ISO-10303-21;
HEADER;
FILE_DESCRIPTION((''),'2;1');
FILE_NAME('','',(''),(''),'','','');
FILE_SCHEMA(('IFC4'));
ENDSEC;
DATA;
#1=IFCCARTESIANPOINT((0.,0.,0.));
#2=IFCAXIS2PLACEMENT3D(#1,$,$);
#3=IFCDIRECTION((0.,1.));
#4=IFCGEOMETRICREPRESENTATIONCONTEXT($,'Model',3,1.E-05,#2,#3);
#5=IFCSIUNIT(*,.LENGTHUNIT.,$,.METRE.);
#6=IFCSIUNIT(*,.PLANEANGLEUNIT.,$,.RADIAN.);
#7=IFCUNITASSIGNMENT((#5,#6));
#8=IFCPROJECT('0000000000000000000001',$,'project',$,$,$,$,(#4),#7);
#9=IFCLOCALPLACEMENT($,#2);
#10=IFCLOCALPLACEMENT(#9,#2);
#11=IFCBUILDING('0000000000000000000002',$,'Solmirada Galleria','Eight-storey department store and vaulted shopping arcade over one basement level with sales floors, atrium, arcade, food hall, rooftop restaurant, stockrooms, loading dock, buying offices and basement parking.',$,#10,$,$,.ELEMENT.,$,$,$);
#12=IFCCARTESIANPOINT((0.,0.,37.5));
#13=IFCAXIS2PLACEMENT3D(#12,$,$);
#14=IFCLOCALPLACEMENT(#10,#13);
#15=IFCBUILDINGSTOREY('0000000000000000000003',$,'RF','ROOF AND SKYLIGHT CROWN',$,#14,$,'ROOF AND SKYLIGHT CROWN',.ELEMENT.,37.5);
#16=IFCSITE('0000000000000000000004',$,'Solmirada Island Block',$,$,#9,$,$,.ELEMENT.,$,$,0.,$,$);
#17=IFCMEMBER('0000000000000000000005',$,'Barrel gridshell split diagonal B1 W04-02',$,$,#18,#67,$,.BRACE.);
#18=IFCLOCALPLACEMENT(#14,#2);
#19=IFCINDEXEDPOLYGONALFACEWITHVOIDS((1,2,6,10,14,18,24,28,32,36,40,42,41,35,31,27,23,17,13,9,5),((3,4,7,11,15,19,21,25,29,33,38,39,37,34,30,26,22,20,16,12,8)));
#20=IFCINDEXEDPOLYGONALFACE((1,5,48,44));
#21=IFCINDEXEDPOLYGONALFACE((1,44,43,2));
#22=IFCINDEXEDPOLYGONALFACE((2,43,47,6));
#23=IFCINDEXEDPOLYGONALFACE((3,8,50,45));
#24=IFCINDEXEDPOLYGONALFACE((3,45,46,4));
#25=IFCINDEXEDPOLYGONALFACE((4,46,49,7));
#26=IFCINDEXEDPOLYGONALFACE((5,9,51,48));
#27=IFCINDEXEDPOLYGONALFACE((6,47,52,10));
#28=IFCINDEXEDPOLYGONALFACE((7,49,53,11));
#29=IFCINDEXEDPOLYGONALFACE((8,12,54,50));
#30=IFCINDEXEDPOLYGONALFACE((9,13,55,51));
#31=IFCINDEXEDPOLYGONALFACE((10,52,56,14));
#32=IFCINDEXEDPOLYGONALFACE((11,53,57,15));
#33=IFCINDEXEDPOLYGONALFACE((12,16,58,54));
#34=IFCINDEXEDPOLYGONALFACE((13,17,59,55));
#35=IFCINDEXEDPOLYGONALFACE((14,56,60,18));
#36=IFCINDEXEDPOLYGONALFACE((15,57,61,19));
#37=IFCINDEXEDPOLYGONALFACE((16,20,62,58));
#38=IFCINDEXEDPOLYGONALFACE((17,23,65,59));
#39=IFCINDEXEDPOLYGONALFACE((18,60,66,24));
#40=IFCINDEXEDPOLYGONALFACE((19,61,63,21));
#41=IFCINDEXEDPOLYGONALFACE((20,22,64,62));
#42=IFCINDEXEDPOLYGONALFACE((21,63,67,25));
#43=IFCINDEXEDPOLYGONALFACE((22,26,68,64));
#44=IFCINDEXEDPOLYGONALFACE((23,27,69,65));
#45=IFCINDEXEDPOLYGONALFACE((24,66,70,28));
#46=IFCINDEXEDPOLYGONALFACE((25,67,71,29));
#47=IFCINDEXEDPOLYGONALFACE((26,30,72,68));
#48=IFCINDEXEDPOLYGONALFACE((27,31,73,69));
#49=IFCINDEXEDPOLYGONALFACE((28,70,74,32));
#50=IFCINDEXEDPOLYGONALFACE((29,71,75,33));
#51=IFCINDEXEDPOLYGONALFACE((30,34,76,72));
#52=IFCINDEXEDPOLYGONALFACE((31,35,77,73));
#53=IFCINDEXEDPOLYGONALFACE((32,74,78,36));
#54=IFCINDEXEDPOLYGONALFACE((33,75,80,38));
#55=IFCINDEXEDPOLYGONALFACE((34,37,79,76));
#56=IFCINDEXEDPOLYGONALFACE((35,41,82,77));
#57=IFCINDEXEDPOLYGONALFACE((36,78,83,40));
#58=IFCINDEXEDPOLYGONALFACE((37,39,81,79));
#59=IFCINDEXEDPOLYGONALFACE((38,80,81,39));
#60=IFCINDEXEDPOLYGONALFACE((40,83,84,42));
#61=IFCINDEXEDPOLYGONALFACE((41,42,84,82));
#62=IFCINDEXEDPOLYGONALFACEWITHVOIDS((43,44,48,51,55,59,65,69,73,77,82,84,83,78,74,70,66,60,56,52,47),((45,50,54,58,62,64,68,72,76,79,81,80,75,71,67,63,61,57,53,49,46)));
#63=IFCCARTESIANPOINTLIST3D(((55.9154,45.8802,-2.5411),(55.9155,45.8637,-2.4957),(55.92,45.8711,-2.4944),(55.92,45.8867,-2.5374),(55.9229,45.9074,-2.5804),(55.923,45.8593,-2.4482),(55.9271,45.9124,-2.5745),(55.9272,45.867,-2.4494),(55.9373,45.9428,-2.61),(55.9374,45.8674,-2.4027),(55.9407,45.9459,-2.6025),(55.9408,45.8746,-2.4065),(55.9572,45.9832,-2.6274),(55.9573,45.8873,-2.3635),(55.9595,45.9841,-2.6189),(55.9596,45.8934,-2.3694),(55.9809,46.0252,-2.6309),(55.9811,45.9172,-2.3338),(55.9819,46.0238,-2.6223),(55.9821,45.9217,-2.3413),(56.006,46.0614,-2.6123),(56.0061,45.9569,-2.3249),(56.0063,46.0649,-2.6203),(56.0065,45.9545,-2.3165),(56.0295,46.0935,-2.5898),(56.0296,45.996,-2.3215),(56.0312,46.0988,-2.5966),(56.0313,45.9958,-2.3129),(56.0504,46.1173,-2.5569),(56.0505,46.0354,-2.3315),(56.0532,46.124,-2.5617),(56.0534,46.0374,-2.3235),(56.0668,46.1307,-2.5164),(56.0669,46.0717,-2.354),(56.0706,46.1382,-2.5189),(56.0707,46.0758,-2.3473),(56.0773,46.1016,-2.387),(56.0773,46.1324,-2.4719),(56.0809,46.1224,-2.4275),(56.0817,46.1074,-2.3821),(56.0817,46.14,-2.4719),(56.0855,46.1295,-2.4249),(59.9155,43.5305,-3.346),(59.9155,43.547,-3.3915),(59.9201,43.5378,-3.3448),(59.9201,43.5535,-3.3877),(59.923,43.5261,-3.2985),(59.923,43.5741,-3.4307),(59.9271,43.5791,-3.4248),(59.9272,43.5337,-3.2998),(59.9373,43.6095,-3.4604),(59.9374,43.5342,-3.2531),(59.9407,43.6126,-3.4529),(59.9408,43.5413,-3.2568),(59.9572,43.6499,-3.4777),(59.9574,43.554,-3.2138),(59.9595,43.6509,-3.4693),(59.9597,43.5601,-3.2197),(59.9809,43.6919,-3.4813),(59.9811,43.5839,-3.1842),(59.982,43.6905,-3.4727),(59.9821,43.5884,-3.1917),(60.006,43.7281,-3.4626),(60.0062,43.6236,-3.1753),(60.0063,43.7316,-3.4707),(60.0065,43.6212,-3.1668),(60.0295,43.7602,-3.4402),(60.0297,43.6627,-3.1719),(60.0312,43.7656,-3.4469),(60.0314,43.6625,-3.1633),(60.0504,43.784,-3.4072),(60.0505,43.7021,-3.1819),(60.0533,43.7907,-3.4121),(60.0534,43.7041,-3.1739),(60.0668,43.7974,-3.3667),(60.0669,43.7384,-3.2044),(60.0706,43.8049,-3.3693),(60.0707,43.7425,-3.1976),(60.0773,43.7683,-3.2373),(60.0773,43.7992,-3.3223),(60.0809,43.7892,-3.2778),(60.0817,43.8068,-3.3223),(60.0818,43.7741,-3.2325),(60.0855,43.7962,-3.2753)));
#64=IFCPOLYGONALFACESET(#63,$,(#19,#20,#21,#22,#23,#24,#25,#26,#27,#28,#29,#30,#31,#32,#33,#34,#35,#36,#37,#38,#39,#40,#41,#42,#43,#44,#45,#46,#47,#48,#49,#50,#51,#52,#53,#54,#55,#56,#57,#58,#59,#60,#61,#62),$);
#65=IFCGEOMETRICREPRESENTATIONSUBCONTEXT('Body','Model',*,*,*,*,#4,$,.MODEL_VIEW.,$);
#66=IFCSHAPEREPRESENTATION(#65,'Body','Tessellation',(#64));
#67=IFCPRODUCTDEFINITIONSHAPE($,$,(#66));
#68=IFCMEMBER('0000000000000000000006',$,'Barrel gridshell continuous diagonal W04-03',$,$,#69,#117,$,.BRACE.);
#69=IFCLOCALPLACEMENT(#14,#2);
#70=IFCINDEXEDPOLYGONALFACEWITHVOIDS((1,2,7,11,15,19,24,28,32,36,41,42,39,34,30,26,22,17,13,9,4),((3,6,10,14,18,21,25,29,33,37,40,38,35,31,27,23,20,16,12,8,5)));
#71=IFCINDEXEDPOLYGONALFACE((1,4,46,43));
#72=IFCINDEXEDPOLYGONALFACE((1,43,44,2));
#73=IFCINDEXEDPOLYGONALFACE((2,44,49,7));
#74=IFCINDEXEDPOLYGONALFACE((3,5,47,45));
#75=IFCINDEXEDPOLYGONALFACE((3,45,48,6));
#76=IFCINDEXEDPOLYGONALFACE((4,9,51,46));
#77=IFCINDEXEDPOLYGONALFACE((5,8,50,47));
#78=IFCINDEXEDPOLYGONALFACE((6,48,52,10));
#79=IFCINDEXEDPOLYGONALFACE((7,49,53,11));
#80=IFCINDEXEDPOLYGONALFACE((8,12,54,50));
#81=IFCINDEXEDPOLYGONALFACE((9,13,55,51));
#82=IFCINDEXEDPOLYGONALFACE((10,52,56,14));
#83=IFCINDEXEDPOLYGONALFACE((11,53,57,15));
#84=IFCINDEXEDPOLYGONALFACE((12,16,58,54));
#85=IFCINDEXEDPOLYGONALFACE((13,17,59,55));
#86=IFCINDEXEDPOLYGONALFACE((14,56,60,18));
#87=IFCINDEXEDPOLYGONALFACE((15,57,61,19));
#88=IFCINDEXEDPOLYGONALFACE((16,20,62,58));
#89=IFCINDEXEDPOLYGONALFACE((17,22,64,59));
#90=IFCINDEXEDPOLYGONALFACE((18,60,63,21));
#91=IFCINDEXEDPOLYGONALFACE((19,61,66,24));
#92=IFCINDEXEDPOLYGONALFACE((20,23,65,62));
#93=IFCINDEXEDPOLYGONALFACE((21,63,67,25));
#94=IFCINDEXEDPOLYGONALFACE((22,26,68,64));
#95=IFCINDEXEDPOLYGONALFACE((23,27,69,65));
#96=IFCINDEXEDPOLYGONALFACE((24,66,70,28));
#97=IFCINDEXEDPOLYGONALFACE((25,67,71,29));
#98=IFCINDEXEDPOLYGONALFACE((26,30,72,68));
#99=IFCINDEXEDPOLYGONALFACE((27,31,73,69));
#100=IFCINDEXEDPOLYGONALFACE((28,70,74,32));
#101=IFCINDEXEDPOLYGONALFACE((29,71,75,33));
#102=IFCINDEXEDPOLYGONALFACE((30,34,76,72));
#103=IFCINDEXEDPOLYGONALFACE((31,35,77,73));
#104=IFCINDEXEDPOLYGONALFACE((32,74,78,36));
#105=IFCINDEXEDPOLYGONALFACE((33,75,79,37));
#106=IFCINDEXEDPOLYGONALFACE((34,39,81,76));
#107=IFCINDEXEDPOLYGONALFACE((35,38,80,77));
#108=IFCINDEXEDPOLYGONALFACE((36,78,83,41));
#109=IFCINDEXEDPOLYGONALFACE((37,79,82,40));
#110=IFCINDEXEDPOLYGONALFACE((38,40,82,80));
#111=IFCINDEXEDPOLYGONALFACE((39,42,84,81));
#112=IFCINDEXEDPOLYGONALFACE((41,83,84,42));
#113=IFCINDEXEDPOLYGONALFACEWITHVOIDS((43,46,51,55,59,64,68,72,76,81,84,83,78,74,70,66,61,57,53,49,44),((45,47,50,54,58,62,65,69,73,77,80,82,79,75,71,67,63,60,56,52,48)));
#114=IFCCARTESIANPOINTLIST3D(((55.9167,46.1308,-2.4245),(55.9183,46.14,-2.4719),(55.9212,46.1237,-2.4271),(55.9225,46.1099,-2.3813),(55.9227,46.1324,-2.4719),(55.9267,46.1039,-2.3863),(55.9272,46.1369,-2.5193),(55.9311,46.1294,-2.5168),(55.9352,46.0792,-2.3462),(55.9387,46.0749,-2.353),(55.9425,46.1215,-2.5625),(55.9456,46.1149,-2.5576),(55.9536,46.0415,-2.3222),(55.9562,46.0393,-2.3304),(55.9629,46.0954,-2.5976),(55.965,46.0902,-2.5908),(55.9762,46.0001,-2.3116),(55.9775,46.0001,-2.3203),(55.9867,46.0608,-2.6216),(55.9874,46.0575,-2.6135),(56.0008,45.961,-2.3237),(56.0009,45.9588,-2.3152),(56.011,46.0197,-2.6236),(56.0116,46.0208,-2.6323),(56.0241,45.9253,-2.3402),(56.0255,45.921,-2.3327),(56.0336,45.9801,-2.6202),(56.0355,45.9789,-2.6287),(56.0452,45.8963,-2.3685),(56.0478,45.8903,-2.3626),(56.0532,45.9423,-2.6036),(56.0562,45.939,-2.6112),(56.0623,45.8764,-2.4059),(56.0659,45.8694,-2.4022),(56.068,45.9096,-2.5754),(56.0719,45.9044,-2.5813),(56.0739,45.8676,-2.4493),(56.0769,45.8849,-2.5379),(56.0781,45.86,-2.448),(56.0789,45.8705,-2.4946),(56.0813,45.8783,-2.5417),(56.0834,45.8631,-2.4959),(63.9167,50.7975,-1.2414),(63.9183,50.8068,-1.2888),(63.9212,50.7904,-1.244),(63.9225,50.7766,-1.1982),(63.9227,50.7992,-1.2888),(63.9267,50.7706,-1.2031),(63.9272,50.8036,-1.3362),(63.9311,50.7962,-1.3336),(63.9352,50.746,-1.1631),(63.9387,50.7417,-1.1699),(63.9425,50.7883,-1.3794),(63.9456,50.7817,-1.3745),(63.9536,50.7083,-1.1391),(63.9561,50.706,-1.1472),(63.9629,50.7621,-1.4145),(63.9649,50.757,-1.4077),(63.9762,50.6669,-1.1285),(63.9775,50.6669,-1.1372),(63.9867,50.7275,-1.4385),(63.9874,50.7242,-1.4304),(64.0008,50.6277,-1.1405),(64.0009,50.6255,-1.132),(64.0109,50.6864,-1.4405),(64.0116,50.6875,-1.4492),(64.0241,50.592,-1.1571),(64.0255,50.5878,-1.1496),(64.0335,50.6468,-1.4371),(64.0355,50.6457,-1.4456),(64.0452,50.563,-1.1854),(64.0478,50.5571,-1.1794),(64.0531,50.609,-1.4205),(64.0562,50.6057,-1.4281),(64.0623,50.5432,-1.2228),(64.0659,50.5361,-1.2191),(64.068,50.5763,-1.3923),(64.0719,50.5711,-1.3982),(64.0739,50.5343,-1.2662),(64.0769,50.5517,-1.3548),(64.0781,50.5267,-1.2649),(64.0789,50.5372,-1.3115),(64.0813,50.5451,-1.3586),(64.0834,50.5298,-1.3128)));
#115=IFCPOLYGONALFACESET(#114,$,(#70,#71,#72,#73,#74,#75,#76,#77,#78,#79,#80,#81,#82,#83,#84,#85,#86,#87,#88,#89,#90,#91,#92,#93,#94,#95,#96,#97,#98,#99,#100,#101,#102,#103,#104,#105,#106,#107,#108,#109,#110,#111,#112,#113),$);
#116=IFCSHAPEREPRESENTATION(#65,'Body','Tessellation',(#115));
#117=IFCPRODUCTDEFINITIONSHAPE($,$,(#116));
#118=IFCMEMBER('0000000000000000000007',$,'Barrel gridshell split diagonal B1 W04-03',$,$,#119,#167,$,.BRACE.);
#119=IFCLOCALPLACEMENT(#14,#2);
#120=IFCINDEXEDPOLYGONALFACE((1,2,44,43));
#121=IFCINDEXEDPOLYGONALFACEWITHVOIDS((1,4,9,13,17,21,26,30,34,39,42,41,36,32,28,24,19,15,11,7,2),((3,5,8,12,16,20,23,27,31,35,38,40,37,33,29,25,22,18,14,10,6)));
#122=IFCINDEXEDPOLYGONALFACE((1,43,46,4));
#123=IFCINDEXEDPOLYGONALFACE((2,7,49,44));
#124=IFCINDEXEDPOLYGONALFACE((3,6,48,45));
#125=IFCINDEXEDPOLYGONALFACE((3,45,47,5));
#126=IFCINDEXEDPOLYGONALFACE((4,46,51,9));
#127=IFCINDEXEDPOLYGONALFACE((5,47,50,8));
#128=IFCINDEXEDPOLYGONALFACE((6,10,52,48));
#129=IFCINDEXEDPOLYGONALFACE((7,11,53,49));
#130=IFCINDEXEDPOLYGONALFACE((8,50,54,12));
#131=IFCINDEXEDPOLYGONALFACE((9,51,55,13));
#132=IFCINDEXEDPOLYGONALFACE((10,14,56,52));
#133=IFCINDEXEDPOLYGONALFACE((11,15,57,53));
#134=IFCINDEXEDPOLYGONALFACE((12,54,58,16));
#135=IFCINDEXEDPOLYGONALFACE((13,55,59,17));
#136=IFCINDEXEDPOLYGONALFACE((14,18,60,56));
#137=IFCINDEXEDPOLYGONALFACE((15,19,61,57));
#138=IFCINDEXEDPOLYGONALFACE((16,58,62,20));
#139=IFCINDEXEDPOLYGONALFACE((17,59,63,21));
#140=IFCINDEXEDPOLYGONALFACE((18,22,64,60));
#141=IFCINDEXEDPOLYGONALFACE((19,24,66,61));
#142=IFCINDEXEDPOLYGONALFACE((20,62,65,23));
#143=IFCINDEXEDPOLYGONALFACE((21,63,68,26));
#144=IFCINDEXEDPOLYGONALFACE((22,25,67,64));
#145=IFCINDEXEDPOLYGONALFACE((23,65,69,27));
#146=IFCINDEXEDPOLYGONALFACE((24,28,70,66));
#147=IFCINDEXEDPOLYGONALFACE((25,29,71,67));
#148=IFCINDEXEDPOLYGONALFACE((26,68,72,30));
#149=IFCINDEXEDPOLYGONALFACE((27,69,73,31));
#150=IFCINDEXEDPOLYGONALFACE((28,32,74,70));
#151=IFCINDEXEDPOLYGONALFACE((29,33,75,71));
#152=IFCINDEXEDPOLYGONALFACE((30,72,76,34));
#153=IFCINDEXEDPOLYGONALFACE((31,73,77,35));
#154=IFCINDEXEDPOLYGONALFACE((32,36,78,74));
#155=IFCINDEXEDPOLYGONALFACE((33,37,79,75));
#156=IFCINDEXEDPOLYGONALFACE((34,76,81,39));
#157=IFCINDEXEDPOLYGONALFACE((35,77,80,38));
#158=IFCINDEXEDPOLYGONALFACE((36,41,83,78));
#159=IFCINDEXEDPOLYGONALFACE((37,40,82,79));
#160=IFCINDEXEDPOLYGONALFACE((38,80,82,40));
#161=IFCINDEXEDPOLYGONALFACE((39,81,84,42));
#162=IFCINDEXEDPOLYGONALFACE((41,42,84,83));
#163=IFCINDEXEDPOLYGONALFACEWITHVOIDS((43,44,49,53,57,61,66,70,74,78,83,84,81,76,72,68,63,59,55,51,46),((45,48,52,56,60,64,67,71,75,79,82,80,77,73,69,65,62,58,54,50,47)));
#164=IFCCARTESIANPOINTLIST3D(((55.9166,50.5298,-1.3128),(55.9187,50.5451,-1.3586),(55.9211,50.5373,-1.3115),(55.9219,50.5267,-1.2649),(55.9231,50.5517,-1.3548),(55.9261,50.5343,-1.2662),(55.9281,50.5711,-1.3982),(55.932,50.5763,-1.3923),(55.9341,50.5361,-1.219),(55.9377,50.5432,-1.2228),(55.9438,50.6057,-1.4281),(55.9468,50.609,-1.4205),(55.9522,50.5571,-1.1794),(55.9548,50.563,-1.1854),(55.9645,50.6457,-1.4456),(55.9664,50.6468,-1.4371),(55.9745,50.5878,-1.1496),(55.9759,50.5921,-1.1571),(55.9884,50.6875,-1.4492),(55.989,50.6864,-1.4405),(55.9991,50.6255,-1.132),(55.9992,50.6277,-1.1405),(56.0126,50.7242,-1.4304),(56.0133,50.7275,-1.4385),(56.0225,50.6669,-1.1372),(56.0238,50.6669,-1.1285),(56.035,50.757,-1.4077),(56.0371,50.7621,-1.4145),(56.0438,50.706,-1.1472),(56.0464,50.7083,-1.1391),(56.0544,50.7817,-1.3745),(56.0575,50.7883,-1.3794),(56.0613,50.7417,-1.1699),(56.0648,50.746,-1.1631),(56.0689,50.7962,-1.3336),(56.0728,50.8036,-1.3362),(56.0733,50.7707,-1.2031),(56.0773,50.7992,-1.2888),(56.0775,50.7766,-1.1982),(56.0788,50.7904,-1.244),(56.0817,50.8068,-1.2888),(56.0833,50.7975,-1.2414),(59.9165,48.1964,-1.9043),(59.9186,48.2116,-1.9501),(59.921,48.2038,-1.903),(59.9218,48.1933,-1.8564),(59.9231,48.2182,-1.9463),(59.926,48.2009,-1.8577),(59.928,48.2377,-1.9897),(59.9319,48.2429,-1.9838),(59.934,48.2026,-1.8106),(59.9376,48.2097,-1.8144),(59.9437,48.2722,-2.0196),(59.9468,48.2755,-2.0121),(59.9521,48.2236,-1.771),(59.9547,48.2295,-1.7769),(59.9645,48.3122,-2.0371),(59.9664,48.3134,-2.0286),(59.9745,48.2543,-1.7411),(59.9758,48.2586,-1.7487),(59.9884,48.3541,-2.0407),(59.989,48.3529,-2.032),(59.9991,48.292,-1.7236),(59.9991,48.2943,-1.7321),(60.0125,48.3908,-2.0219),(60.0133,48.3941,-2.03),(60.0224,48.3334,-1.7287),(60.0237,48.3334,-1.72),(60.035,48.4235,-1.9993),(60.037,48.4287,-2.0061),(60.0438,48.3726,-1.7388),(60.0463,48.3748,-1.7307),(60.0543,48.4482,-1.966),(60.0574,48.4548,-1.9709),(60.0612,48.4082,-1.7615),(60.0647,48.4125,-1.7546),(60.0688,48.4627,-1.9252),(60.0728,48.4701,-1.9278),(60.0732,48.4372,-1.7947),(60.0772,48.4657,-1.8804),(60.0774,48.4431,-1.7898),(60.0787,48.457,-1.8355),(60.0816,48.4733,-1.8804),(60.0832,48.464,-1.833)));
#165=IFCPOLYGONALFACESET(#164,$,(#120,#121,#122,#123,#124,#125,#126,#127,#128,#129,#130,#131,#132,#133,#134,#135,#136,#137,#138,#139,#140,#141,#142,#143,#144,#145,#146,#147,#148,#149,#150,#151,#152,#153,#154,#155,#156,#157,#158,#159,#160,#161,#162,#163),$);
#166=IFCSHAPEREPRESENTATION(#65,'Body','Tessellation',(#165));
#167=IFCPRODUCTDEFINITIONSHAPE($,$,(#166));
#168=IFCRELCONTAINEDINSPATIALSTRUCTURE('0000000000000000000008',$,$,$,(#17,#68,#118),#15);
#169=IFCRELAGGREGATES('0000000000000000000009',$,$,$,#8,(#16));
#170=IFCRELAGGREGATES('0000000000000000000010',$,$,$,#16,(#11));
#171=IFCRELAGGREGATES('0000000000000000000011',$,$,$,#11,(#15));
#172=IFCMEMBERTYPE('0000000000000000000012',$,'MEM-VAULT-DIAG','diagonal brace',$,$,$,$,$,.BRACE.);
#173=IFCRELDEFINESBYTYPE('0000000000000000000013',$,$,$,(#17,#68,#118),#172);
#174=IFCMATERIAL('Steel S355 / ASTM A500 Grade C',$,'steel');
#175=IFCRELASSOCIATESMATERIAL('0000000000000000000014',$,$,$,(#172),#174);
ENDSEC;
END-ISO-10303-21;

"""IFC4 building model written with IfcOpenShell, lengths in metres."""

from ifc_helpers import new_model, si_unit, direction, frame, origin, origin_2d, place, context, subcontext, project, spatial, hollow_circle, extrude, material, material_profile, profile_set, type_object, element, save


model = new_model("IFC4")

# Units and contexts
model_context = context("Model", 3, precision=1e-05, world=origin(), true_north=direction((0.0, 1.0)))
body_context = subcontext(model_context, "Body", "Model", "MODEL_VIEW")
ifc_project = project(units=[si_unit("LENGTHUNIT", "METRE"), si_unit("PLANEANGLEUNIT", "RADIAN")], contexts=[model_context])

# Site, building, storey
site_placement = place(None, origin())
site = spatial("IfcSite", under=ifc_project, at=site_placement, Name="Solmirada Island Block", CompositionType="ELEMENT", RefElevation=0.0)
building_placement = place(site_placement, origin())
building = spatial("IfcBuilding", under=site, at=building_placement, Name="Solmirada Galleria", Description="Eight-storey department store and vaulted shopping arcade over one basement level with sales floors, atrium, arcade, food hall, rooftop restaurant, stockrooms, loading dock, buying offices and basement parking.", CompositionType="ELEMENT")
storey_placement = place(building_placement, frame((0.0, 0.0, 37.5)))
storey = spatial("IfcBuildingStorey", under=building, at=storey_placement, Name="RF", Description="ROOF AND SKYLIGHT CROWN", LongName="ROOF AND SKYLIGHT CROWN", CompositionType="ELEMENT", Elevation=37.5)

# Members
ifc_material_1 = material(Name="Steel S355 / ASTM A500 Grade C", Category="steel")
ifc_material_profile_1 = material_profile(ifc_material_1, hollow_circle(Radius=0.1621, WallThickness=0.0088, at=origin_2d()), Name="HSS12.750X0.375")
ifc_profile_set_1 = profile_set([ifc_material_profile_1], Name="Steel S355 / ASTM A500 Grade C")
member_type_1 = type_object("IfcMemberType", Name="MEM-VAULT-DIAG", Description="diagonal brace", PredefinedType="BRACE", material=ifc_profile_set_1)
member_1_placement = place(storey_placement, frame((56.0, 46.0, -2.4719), z_axis=(0.849582, -0.495572, -0.180609), x_axis=(0.503858, 0.863787, 0.0)))
element("IfcMember", 1, at=member_1_placement, inside=storey, type_object=member_type_1, Name="Barrel gridshell split diagonal B1 W04-02", PredefinedType="BRACE", context=body_context, shape_type="SweptSolid", body=[
    extrude(hollow_circle(Radius=0.1621, WallThickness=0.0088, at=origin_2d()), origin(), (0.0, 0.0, 1.0), 4.7083),
])
member_2_placement = place(storey_placement, frame((56.0, 46.0, -2.4719), z_axis=(0.856813, 0.499816, 0.126712), x_axis=(-0.503878, 0.863775, 0.0)))
element("IfcMember", 2, at=member_2_placement, inside=storey, type_object=member_type_1, Name="Barrel gridshell continuous diagonal W04-03", PredefinedType="BRACE", context=body_context, shape_type="SweptSolid", body=[
    extrude(hollow_circle(Radius=0.1621, WallThickness=0.0088, at=origin_2d()), origin(), (0.0, 0.0, 1.0), 9.3369),
])
for number, where, z_axis, x_axis, name in (
    (3, (56.0, 50.6667, -1.2888), (0.856801, -0.499836, -0.126711), (0.503897, 0.863764, 0.0), "Barrel gridshell split diagonal B1 W04-03"),
):
    element("IfcMember", number, at=place(storey_placement, frame(where, z_axis=z_axis, x_axis=x_axis)), inside=storey, type_object=member_type_1, Name=name, PredefinedType="BRACE", context=body_context, shape_type="SweptSolid", body=[
        extrude(hollow_circle(Radius=0.1621, WallThickness=0.0088, at=origin_2d()), origin(), (0.0, 0.0, 1.0), 4.6685),
    ])

save(model, "model.ifc")
